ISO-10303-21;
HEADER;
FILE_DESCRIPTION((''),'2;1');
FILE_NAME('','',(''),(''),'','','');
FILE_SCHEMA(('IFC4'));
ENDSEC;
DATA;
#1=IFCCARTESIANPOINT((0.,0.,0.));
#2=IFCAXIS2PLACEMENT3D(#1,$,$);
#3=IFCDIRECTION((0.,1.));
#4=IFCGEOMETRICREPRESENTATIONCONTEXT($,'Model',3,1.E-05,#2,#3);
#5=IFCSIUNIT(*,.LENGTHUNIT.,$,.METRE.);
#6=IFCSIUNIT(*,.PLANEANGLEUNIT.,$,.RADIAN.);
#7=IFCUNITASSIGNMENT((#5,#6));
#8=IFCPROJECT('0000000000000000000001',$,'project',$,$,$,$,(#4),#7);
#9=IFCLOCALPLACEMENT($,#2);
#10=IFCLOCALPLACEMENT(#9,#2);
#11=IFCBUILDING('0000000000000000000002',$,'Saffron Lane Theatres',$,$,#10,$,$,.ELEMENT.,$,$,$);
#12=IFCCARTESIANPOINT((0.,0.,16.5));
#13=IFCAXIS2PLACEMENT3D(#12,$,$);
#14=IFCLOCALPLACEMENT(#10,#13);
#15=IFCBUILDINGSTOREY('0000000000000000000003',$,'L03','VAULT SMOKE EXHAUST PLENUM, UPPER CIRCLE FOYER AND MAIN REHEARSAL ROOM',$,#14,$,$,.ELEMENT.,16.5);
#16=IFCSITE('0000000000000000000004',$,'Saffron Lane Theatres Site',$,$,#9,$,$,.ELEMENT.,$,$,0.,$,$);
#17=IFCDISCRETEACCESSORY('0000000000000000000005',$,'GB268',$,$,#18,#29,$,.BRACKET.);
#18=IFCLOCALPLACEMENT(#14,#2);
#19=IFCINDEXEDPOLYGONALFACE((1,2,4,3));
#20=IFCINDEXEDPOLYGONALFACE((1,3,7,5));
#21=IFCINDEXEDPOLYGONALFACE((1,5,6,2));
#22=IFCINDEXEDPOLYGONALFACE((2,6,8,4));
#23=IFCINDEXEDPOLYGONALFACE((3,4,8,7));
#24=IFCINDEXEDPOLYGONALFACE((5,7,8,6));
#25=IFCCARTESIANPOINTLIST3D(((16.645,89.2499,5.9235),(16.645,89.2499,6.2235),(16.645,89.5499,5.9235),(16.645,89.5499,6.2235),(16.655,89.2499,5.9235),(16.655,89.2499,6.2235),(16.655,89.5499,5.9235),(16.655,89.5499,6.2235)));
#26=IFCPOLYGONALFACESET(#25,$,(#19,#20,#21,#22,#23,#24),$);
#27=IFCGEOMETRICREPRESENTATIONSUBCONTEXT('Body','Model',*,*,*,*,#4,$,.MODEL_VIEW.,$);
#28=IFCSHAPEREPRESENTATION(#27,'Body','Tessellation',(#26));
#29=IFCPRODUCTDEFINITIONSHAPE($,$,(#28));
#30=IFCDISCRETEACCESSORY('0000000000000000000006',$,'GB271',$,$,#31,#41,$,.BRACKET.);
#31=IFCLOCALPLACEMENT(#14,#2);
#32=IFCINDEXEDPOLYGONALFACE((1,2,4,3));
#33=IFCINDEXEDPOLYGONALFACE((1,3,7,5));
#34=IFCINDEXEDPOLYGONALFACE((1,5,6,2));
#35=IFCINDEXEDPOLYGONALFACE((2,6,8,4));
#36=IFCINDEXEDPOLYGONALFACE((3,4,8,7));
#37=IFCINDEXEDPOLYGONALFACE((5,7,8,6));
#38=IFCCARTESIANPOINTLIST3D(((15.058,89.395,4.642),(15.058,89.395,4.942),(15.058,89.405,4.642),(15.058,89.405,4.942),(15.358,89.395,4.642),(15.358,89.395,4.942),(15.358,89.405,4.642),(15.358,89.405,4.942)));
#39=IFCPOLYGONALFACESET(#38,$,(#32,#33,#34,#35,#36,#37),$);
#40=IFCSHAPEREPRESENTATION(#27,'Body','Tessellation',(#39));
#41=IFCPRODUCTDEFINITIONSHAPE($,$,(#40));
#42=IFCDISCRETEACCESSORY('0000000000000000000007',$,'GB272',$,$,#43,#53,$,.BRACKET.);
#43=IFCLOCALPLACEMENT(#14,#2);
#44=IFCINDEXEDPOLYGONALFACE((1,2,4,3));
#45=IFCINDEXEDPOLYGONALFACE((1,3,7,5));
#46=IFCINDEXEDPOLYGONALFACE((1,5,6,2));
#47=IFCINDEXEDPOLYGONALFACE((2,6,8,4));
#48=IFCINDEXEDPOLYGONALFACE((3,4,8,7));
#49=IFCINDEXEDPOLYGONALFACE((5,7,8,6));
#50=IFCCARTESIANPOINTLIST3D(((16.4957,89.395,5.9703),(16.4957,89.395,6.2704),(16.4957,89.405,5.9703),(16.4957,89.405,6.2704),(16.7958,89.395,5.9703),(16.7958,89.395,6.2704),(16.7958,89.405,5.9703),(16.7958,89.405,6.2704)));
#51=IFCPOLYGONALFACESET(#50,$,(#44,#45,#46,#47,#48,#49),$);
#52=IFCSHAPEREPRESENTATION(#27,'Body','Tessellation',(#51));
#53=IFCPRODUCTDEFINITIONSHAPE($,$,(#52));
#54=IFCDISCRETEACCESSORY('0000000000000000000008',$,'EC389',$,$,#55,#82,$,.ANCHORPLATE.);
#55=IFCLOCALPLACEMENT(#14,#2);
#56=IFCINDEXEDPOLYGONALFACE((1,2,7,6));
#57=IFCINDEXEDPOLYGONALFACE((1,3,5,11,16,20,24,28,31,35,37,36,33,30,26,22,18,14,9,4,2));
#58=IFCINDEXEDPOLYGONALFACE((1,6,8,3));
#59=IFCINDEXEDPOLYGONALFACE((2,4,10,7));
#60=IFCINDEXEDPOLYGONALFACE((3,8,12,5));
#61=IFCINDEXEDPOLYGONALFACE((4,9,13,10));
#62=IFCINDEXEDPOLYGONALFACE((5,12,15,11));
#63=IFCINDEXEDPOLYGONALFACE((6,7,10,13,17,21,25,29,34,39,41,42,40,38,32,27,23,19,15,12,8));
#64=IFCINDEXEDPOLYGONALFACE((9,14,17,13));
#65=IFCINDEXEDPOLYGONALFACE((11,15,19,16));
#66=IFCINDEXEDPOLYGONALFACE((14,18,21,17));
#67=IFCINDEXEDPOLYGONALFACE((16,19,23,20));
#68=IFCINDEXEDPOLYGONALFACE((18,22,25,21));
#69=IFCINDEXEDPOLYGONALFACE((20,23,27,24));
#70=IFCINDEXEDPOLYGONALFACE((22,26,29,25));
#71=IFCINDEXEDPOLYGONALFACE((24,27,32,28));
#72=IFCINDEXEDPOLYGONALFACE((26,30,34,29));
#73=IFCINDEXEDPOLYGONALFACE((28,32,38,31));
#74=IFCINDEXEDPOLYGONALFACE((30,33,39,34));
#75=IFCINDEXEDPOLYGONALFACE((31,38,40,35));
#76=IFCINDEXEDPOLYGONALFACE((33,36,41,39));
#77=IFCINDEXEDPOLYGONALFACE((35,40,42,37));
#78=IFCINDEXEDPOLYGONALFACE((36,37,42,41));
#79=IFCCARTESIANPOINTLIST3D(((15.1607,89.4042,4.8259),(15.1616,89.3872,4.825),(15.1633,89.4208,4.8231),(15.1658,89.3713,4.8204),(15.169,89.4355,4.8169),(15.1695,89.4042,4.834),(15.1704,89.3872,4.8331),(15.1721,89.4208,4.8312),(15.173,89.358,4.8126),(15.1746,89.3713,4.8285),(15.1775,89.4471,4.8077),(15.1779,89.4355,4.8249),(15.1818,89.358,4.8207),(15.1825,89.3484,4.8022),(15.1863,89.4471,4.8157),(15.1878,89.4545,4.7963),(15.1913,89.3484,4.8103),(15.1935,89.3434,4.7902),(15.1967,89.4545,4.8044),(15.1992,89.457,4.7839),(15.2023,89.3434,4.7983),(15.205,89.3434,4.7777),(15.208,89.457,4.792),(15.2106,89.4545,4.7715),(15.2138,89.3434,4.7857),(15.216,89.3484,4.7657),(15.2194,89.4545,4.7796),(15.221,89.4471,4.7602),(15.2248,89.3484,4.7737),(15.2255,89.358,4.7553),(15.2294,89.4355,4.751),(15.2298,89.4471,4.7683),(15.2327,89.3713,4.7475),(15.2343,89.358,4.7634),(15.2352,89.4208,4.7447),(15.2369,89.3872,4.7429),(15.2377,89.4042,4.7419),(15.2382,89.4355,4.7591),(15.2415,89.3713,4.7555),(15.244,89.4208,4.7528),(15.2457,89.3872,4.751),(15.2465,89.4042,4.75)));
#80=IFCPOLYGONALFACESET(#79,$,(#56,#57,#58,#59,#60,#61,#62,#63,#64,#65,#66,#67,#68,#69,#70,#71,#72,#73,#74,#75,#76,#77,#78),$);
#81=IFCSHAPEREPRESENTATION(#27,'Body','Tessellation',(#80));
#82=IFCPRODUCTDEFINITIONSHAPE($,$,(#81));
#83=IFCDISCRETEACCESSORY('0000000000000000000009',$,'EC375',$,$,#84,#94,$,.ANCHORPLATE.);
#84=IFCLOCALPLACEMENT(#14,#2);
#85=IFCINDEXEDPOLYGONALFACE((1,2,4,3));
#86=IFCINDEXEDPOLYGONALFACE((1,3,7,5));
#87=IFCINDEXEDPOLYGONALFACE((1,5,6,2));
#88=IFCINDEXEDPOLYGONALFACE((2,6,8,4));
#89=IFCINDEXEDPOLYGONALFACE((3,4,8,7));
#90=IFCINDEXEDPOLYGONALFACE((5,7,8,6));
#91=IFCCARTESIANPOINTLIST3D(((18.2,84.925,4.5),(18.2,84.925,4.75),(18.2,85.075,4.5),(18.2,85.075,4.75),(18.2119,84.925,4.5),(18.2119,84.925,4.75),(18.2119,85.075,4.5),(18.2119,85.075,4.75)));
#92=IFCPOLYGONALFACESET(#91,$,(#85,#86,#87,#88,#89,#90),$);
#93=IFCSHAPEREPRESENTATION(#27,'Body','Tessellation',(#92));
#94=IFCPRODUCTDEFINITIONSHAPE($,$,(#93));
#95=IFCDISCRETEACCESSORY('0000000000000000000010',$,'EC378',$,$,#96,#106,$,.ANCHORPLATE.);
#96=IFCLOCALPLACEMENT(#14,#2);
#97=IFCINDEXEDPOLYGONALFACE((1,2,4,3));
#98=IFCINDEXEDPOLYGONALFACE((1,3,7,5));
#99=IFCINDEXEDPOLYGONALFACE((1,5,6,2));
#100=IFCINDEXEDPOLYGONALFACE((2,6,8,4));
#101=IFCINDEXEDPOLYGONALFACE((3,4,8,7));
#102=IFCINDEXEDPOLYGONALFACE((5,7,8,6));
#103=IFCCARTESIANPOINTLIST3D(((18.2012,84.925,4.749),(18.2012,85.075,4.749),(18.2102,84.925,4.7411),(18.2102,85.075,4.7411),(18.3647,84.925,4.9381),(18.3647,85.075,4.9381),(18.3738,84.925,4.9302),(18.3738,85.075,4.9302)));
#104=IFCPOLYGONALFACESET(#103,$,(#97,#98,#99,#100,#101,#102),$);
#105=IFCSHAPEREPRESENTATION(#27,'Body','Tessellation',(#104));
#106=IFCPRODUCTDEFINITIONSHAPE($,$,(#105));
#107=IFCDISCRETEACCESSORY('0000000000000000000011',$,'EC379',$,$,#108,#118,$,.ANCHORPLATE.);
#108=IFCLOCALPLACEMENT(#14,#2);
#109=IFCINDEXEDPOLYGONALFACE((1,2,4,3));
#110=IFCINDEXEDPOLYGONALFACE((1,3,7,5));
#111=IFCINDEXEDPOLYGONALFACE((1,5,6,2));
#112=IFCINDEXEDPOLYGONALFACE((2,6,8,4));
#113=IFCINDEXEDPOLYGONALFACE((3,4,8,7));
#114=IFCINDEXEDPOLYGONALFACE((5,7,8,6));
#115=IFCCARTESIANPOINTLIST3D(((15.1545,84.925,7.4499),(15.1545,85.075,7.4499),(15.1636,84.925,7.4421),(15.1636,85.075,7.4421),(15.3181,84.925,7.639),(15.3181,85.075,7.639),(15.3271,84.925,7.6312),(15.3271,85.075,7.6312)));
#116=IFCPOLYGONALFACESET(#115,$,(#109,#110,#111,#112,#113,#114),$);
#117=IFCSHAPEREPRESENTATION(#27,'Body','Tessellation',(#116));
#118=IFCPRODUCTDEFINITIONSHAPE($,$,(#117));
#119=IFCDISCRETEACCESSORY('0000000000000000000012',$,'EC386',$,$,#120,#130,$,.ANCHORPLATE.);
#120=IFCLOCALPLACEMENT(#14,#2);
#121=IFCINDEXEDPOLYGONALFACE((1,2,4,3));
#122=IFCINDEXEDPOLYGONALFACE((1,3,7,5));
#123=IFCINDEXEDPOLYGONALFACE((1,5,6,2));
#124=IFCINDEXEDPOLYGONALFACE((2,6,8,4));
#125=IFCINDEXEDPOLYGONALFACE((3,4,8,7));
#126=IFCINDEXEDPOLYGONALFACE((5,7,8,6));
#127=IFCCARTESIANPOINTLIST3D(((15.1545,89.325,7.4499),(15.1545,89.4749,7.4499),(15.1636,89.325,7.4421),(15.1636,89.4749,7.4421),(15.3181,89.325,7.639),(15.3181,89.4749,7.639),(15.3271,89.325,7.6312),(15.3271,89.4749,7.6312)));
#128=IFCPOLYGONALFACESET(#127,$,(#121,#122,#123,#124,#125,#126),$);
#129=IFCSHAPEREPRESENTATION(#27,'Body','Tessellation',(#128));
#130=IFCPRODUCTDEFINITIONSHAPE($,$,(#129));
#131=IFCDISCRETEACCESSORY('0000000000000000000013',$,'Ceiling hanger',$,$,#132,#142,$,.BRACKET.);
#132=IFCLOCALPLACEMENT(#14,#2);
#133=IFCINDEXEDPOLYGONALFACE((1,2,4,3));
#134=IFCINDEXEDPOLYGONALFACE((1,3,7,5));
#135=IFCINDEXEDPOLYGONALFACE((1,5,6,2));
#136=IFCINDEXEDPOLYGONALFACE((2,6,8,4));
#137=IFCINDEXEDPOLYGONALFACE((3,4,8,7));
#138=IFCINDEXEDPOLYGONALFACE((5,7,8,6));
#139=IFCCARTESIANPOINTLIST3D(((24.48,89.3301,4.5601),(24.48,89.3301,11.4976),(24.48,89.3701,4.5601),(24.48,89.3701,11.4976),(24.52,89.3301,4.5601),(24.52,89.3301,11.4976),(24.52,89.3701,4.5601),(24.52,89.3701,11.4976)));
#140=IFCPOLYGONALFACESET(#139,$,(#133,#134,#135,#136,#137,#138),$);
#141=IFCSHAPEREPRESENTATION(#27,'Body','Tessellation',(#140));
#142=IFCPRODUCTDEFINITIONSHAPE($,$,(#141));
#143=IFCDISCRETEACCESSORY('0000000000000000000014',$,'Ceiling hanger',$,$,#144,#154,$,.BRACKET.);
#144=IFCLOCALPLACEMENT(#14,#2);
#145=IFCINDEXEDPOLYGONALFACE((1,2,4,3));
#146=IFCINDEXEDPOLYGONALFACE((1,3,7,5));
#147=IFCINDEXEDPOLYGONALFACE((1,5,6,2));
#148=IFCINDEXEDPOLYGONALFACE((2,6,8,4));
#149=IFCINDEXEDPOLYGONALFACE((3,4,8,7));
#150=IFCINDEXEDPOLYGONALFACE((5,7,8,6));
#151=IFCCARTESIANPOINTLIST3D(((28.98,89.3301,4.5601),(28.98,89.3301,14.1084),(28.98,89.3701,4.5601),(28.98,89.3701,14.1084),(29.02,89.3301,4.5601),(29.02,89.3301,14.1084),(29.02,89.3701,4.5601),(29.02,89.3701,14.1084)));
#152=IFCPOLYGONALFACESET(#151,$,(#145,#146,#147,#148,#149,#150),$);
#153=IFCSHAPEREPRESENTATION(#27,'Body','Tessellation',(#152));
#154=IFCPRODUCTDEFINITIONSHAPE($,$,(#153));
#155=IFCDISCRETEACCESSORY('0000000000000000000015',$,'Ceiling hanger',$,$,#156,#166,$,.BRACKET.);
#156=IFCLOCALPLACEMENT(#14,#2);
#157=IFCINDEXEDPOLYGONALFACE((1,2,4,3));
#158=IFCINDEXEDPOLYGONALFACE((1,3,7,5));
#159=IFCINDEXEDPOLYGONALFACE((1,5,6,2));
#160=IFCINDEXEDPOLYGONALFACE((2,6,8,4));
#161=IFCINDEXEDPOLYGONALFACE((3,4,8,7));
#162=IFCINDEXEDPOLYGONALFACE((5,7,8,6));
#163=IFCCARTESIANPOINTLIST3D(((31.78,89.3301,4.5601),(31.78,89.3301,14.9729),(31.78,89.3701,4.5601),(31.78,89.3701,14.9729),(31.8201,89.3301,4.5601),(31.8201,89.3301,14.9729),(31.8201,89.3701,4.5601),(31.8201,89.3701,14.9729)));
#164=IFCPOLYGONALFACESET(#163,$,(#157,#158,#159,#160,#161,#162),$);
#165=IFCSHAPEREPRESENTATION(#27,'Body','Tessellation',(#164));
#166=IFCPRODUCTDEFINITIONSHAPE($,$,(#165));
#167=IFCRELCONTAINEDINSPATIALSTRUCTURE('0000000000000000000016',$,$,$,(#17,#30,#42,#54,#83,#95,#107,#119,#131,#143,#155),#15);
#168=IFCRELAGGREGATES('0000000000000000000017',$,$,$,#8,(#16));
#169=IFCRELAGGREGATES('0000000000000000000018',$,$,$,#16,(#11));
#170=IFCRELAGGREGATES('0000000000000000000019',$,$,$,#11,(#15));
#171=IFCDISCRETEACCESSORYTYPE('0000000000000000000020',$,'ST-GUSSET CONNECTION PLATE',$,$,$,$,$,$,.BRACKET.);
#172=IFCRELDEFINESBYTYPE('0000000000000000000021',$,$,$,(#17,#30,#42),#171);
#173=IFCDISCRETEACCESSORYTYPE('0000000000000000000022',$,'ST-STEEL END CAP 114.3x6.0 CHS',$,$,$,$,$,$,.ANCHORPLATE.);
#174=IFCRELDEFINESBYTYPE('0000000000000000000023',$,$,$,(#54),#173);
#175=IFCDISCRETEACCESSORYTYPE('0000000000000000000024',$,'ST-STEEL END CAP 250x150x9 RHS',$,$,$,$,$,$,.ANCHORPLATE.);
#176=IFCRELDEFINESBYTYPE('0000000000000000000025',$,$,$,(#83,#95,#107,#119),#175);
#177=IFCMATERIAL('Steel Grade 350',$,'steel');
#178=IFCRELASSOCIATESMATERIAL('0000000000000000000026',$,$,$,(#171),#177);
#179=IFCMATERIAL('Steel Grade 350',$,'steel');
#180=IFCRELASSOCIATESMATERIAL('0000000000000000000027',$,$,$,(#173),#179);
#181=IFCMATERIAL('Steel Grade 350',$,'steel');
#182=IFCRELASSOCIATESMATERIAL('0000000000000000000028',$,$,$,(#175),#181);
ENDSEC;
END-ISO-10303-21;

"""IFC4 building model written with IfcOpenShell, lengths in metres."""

from ifc_helpers import new_model, si_unit, direction, frame, origin, origin_2d, place, context, subcontext, project, spatial, rectangle, circle, extrude, material, material_profile, profile_set, type_object, element, save


model = new_model("IFC4")

# Units and contexts
model_context = context("Model", 3, precision=1e-05, world=origin(), true_north=direction((0.0, 1.0)))
body_context = subcontext(model_context, "Body", "Model", "MODEL_VIEW")
ifc_project = project(units=[si_unit("LENGTHUNIT", "METRE"), si_unit("PLANEANGLEUNIT", "RADIAN")], contexts=[model_context])

# Site, building, storey
site_placement = place(None, origin())
site = spatial("IfcSite", under=ifc_project, at=site_placement, Name="Saffron Lane Theatres Site", CompositionType="ELEMENT", RefElevation=0.0)
building_placement = place(site_placement, origin())
building = spatial("IfcBuilding", under=site, at=building_placement, Name="Saffron Lane Theatres", CompositionType="ELEMENT")
storey_placement = place(building_placement, frame((0.0, 0.0, 16.5)))
storey = spatial("IfcBuildingStorey", under=building, at=storey_placement, Name="L03", Description="VAULT SMOKE EXHAUST PLENUM, UPPER CIRCLE FOYER AND MAIN REHEARSAL ROOM", CompositionType="ELEMENT", Elevation=16.5)

# Discrete accessories
ifc_material_1 = material(Name="Steel Grade 350", Category="steel")
ifc_material_profile_1 = material_profile(ifc_material_1, rectangle(XDim=0.3, YDim=0.3, at=origin_2d()))
ifc_profile_set_1 = profile_set([ifc_material_profile_1], Name="Steel Grade 350")
discrete_accessory_type_1 = type_object("IfcDiscreteAccessoryType", Name="ST-GUSSET CONNECTION PLATE", PredefinedType="BRACKET", material=ifc_profile_set_1)
for number, where, z_axis, x_axis, name in (
    (1, (16.645, 89.3999, 6.0735), (1.0, 0.0, 0.0), (0.0, 1.0, 0.0), "GB268"),
    (2, (15.208, 89.395, 4.792), (0.0, 1.0, 0.0), (-1.0, 0.0, 0.0), "GB271"),
    (3, (16.6458, 89.395, 6.1204), (0.0, 1.0, 0.0), (-1.0, 0.0, 0.0), "GB272"),
):
    element("IfcDiscreteAccessory", number, at=place(storey_placement, frame(where, z_axis=z_axis, x_axis=x_axis)), inside=storey, type_object=discrete_accessory_type_1, Name=name, PredefinedType="BRACKET", context=body_context, shape_type="SweptSolid", body=[
        extrude(rectangle(XDim=0.3, YDim=0.3, at=origin_2d()), origin(), (0.0, 0.0, 1.0), 0.01),
    ])
ifc_material_2 = material(Name="Steel Grade 350", Category="steel")
ifc_material_profile_2 = material_profile(ifc_material_2, circle(Radius=0.0571, at=origin_2d()))
ifc_profile_set_2 = profile_set([ifc_material_profile_2], Name="Steel Grade 350")
discrete_accessory_type_2 = type_object("IfcDiscreteAccessoryType", Name="ST-STEEL END CAP 114.3x6.0 CHS", PredefinedType="ANCHORPLATE", material=ifc_profile_set_2)
discrete_accessory_1_placement = place(storey_placement, frame((15.1992, 89.3999, 4.7839), z_axis=(0.737154, 0.0, 0.675725), x_axis=(0.0, 1.0, 0.0)))
element("IfcDiscreteAccessory", 4, at=discrete_accessory_1_placement, inside=storey, type_object=discrete_accessory_type_2, Name="EC389", PredefinedType="ANCHORPLATE", context=body_context, shape_type="SweptSolid", body=[
    extrude(circle(Radius=0.0571, at=origin_2d()), origin(), (0.0, 0.0, 1.0), 0.012),
])
ifc_material_3 = material(Name="Steel Grade 350", Category="steel")
ifc_material_profile_3 = material_profile(ifc_material_3, rectangle(XDim=0.1499, YDim=0.25, at=origin_2d()))
ifc_profile_set_3 = profile_set([ifc_material_profile_3], Name="Steel Grade 350")
discrete_accessory_type_3 = type_object("IfcDiscreteAccessoryType", Name="ST-STEEL END CAP 250x150x9 RHS", PredefinedType="ANCHORPLATE", material=ifc_profile_set_3)
for number, where, z_axis, x_axis, name in (
    (5, (18.2, 85.0, 4.625), (1.0, 0.0, 0.0), (0.0, 1.0, 0.0), "EC375"),
    (6, (18.292, 85.0, 4.8357), (-0.756363, 0.0, 0.654152), (0.0, -1.0, 0.0), "EC378"),
    (7, (15.2454, 85.0, 7.5366), (-0.756363, 0.0, 0.654152), (0.0, -1.0, 0.0), "EC379"),
    (8, (15.2454, 89.3999, 7.5366), (-0.756363, 0.0, 0.654152), (0.0, -1.0, 0.0), "EC386"),
):
    element("IfcDiscreteAccessory", number, at=place(storey_placement, frame(where, z_axis=z_axis, x_axis=x_axis)), inside=storey, type_object=discrete_accessory_type_3, Name=name, PredefinedType="ANCHORPLATE", context=body_context, shape_type="SweptSolid", body=[
        extrude(rectangle(XDim=0.1499, YDim=0.25, at=origin_2d()), origin(), (0.0, 0.0, 1.0), 0.012),
    ])
discrete_accessory_2_placement = place(storey_placement, frame((24.5, 89.3501, 4.5601), z_axis=(0.0, 0.0, 1.0), x_axis=(1.0, 0.0, 0.0)))
element("IfcDiscreteAccessory", 9, at=discrete_accessory_2_placement, inside=storey, Name="Ceiling hanger", PredefinedType="BRACKET", context=body_context, shape_type="SweptSolid", body=[
    extrude(rectangle(XDim=0.04, YDim=0.04, at=origin_2d()), origin(), (0.0, 0.0, 1.0), 6.9375),
])
discrete_accessory_3_placement = place(storey_placement, frame((29.0, 89.3501, 4.5601), z_axis=(0.0, 0.0, 1.0), x_axis=(1.0, 0.0, 0.0)))
element("IfcDiscreteAccessory", 10, at=discrete_accessory_3_placement, inside=storey, Name="Ceiling hanger", PredefinedType="BRACKET", context=body_context, shape_type="SweptSolid", body=[
    extrude(rectangle(XDim=0.04, YDim=0.04, at=origin_2d()), origin(), (0.0, 0.0, 1.0), 9.5483),
])
discrete_accessory_4_placement = place(storey_placement, frame((31.8, 89.3501, 4.5601), z_axis=(0.0, 0.0, 1.0), x_axis=(1.0, 0.0, 0.0)))
element("IfcDiscreteAccessory", 11, at=discrete_accessory_4_placement, inside=storey, Name="Ceiling hanger", PredefinedType="BRACKET", context=body_context, shape_type="SweptSolid", body=[
    extrude(rectangle(XDim=0.04, YDim=0.04, at=origin_2d()), origin(), (0.0, 0.0, 1.0), 10.4128),
])

save(model, "model.ifc")
